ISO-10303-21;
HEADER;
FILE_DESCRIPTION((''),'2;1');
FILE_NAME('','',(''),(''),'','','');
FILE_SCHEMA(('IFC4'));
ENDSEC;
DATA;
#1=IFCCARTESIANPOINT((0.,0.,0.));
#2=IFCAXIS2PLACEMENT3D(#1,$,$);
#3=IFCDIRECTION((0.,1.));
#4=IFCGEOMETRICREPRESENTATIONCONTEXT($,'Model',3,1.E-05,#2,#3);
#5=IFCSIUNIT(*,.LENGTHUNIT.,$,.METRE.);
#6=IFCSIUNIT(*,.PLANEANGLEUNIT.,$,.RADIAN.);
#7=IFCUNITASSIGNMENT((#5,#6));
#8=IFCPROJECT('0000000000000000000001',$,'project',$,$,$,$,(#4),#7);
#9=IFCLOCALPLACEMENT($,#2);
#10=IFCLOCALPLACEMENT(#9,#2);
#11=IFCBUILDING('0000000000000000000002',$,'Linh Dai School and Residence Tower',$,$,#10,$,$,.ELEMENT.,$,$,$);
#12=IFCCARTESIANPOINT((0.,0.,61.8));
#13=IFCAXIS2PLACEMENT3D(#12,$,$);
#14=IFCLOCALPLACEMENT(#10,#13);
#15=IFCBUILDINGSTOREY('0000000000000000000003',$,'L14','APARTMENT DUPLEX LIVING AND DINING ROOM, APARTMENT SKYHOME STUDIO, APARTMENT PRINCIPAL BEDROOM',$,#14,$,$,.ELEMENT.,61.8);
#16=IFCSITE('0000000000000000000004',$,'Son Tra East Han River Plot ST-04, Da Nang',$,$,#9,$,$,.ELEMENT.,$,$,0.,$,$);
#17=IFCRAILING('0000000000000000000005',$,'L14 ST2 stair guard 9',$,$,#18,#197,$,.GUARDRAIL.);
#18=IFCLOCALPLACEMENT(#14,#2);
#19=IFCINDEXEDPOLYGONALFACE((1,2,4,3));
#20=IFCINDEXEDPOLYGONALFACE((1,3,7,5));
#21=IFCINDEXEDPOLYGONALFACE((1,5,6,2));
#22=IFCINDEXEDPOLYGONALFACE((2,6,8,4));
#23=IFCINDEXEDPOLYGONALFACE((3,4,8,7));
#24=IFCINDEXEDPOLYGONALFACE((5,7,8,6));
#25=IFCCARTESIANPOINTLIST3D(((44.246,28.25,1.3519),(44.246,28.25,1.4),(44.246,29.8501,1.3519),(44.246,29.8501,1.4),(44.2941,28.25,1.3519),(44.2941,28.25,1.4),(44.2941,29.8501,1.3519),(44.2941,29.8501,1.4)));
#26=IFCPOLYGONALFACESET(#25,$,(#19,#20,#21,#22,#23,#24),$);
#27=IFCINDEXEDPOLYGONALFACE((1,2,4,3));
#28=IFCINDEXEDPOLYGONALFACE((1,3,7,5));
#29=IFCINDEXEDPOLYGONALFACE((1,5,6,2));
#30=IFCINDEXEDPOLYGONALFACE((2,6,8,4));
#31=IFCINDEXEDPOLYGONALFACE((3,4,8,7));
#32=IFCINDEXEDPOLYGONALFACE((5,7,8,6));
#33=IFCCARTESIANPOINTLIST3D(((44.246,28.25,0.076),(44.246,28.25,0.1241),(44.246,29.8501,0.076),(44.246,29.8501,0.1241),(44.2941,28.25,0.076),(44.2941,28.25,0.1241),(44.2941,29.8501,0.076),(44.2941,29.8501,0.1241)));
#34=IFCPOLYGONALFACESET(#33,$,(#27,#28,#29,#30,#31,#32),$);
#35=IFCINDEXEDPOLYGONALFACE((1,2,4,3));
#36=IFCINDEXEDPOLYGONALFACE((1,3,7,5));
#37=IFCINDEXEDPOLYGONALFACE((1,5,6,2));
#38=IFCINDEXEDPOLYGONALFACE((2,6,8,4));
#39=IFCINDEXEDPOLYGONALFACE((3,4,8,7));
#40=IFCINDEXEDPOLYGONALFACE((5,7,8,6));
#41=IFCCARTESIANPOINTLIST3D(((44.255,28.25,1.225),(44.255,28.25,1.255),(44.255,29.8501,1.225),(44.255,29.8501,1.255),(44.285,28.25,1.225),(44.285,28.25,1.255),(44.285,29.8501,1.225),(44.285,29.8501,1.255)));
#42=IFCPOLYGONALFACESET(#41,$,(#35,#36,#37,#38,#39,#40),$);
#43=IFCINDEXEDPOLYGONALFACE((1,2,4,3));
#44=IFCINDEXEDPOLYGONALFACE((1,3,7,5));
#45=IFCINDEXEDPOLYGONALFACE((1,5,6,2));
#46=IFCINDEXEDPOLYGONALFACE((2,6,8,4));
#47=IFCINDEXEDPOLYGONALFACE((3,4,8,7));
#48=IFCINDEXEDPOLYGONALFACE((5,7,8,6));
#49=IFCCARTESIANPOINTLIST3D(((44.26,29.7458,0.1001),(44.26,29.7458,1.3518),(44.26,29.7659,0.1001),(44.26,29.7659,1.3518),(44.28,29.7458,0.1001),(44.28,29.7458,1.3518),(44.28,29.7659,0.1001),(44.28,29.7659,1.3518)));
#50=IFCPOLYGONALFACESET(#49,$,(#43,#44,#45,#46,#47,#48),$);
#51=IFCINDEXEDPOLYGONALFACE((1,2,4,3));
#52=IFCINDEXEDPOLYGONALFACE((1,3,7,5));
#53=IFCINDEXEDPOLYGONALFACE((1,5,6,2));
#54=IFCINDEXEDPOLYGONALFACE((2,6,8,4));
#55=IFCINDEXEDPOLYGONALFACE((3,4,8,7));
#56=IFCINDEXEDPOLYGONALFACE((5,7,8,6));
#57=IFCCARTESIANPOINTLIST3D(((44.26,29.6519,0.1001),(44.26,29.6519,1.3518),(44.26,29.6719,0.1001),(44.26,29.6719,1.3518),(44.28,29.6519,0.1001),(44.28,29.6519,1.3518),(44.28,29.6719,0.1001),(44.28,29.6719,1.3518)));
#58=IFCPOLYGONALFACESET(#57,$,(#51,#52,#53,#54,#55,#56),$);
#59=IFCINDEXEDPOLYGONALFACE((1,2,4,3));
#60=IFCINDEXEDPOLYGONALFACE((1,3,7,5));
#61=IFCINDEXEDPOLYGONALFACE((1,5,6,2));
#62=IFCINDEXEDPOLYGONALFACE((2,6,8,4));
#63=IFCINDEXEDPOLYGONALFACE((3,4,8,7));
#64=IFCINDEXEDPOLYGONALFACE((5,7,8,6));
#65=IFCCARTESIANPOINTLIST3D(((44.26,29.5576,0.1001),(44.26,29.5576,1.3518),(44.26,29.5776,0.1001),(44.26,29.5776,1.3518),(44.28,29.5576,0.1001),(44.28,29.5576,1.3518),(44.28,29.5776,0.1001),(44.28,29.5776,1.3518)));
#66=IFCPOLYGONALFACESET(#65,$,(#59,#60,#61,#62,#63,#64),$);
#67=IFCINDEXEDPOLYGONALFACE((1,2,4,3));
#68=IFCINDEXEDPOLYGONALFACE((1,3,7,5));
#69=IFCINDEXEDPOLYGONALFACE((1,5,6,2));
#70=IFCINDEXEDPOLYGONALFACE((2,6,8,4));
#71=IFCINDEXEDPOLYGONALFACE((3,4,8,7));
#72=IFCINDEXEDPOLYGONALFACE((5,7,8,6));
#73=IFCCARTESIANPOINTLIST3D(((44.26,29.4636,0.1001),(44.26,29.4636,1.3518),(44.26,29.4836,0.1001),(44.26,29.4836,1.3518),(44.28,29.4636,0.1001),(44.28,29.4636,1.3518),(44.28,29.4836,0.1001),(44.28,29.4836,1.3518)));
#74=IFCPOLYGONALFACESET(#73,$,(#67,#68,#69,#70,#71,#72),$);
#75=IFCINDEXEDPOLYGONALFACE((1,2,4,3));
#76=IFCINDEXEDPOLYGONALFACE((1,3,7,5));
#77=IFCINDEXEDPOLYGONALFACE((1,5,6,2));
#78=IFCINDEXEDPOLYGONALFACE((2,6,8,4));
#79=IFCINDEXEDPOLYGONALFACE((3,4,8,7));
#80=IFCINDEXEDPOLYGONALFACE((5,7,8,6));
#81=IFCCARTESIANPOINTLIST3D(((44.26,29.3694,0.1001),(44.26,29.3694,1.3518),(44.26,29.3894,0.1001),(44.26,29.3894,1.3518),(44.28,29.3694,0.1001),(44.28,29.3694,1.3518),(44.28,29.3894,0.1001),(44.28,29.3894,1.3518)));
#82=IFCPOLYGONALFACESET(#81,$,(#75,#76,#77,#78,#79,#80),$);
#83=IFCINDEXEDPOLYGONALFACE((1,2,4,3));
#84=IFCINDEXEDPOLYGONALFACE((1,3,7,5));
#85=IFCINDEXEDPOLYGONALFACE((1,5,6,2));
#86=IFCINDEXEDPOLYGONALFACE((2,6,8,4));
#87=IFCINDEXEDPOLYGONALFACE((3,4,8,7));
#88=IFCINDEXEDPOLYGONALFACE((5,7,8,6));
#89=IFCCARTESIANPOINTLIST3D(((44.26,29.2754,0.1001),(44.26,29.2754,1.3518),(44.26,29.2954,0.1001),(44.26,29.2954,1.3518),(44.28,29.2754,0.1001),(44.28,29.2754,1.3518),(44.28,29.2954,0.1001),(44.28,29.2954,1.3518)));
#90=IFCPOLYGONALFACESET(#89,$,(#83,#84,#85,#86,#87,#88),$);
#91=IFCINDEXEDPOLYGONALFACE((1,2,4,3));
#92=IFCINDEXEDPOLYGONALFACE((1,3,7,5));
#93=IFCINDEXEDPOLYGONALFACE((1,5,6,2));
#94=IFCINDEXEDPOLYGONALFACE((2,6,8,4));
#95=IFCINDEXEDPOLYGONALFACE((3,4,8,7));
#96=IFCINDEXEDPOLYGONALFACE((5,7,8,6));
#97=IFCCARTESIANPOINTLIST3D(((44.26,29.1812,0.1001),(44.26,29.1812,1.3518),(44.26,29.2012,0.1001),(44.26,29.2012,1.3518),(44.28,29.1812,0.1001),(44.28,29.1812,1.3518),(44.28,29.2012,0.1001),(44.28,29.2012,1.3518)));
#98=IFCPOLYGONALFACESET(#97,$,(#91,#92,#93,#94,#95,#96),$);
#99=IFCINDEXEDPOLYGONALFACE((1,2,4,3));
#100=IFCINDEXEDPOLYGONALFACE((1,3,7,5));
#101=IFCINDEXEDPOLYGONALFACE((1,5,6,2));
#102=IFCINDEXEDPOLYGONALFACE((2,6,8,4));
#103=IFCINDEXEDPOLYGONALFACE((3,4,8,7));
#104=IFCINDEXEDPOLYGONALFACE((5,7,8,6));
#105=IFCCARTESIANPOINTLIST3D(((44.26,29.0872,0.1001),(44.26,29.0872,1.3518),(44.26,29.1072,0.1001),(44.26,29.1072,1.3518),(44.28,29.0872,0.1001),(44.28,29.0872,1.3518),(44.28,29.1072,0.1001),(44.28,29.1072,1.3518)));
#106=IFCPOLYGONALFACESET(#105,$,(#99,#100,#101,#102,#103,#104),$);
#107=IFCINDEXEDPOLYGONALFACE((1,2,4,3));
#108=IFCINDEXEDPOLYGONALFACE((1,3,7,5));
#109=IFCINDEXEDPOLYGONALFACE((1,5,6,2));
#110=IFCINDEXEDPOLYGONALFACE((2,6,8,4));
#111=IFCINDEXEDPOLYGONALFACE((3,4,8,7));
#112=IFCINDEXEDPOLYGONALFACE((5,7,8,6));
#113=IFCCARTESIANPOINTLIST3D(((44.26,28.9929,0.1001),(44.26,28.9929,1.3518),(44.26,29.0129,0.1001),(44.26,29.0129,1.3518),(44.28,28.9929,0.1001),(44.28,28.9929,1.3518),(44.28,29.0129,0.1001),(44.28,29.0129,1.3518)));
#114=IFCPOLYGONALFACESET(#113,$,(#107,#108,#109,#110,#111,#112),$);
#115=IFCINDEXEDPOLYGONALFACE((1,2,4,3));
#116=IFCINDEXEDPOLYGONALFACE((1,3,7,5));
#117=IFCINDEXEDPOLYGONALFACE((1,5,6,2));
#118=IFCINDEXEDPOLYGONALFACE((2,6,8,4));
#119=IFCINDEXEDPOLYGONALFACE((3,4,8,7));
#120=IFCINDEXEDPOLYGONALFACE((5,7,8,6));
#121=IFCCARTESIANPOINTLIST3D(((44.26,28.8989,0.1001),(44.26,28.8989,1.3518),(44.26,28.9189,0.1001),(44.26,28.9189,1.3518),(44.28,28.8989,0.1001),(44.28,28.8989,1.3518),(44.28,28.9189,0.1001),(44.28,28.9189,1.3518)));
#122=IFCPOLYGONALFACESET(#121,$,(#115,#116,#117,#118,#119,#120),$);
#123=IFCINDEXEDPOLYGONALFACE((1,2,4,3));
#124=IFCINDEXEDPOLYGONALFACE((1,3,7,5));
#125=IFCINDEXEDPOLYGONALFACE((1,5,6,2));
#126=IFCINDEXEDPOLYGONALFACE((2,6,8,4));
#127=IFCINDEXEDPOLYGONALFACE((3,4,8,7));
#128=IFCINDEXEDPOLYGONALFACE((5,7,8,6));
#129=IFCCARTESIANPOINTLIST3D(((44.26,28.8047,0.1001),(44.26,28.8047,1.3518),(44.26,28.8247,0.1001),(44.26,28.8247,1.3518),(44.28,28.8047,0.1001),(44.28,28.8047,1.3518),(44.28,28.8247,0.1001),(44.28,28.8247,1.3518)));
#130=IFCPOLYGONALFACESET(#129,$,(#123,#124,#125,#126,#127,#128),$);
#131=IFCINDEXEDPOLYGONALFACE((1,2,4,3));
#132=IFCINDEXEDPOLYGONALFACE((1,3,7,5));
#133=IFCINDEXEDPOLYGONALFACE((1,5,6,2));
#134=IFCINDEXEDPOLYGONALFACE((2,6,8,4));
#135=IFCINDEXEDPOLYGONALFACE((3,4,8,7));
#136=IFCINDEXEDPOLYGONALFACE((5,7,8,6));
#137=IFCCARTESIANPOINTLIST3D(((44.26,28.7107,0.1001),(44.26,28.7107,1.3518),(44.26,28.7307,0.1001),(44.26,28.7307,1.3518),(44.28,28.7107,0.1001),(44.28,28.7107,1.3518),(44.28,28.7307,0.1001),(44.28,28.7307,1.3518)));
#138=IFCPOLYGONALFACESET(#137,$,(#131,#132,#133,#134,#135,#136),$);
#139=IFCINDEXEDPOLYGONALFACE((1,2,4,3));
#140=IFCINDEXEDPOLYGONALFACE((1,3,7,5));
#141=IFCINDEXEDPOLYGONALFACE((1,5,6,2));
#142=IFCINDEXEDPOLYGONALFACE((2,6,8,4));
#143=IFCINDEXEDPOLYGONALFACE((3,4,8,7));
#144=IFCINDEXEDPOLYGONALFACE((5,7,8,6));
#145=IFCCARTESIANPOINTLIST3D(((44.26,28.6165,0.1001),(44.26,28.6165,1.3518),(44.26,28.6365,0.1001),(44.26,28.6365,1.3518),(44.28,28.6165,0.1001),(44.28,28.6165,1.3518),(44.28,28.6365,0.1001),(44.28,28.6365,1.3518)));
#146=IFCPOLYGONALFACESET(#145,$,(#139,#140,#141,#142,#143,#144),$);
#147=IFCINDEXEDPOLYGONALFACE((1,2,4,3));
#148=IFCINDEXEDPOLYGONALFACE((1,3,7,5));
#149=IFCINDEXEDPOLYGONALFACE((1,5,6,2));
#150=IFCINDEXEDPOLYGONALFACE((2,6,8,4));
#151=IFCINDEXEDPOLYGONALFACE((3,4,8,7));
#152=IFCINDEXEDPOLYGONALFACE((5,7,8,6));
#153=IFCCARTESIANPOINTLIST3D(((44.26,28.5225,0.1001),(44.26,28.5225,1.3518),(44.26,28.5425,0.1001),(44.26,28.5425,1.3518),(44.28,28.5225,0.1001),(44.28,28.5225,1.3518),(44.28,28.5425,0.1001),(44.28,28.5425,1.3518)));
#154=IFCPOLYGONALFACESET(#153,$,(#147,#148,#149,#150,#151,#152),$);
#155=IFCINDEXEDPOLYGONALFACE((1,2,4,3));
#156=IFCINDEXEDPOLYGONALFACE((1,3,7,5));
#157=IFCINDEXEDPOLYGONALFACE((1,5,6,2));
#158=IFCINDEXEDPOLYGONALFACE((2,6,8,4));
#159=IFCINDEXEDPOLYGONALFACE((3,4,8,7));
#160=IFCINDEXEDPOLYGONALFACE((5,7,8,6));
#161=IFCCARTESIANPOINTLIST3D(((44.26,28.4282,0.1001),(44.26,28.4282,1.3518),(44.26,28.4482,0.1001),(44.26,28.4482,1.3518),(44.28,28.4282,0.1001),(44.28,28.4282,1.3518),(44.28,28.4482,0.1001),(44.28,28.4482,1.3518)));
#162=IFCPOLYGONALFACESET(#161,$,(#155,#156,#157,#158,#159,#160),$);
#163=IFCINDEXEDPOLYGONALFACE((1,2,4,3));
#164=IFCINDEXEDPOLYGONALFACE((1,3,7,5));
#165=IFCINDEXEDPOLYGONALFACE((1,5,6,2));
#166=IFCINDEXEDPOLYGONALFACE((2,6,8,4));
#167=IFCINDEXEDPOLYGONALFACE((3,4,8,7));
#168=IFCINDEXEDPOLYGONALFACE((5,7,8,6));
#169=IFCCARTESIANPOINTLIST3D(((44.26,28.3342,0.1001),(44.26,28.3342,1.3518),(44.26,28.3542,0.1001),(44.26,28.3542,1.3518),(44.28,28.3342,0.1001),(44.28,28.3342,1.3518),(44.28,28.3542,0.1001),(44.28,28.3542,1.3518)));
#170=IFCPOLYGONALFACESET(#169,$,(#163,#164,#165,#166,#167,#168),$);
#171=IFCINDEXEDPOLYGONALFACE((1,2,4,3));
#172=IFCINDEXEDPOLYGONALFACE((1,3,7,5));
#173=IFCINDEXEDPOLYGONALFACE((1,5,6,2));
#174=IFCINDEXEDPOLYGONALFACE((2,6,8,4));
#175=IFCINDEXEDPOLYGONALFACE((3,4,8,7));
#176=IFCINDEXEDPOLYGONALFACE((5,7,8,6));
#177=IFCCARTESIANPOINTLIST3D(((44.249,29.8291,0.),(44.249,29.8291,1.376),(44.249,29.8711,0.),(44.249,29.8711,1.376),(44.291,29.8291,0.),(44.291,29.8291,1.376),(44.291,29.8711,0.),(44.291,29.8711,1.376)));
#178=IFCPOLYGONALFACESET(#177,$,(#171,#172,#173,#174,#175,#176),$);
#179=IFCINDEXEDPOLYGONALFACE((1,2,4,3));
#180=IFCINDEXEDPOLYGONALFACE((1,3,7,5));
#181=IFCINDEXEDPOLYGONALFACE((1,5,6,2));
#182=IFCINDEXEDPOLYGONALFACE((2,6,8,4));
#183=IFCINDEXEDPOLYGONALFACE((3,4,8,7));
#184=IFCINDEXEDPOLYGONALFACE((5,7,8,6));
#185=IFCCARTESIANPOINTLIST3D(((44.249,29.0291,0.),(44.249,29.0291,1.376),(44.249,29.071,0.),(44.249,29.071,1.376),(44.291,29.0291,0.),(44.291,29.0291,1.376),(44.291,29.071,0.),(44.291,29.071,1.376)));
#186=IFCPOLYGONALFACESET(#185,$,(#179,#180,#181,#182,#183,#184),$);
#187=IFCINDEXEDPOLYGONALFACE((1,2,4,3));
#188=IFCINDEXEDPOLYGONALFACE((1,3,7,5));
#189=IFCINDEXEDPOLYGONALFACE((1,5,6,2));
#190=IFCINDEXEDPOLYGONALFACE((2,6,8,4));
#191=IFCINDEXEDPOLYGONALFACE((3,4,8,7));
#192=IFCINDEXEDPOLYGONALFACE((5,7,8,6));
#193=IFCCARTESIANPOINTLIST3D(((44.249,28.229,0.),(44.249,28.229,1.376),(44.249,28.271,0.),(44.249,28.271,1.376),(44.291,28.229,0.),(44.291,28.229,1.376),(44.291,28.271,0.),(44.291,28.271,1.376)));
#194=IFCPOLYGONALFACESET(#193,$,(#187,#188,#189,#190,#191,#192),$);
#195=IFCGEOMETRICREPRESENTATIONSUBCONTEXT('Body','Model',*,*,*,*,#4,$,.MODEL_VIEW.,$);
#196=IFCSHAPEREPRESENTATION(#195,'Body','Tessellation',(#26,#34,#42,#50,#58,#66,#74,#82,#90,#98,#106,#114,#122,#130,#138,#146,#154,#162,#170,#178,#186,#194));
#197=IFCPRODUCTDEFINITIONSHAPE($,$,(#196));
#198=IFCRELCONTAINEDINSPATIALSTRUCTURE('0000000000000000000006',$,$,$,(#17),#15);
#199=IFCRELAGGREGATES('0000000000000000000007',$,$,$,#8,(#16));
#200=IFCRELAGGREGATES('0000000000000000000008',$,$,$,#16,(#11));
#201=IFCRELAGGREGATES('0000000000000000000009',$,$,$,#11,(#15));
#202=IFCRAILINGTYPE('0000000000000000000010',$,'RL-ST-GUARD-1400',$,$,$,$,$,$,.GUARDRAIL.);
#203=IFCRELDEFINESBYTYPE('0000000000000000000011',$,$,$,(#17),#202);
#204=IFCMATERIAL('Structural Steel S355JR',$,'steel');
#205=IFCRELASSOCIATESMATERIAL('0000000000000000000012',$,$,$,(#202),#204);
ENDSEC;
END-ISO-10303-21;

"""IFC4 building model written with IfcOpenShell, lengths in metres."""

from ifc_helpers import new_model, si_unit, direction, frame, origin, origin_2d, place, context, subcontext, project, spatial, rectangle, extrude, source, transform, mapped, material, type_object, element, save


model = new_model("IFC4")

# Units and contexts
model_context = context("Model", 3, precision=1e-05, world=origin(), true_north=direction((0.0, 1.0)))
body_context = subcontext(model_context, "Body", "Model", "MODEL_VIEW")
ifc_project = project(units=[si_unit("LENGTHUNIT", "METRE"), si_unit("PLANEANGLEUNIT", "RADIAN")], contexts=[model_context])

# Site, building, storey
site_placement = place(None, origin())
site = spatial("IfcSite", under=ifc_project, at=site_placement, Name="Son Tra East Han River Plot ST-04, Da Nang", CompositionType="ELEMENT", RefElevation=0.0)
building_placement = place(site_placement, origin())
building = spatial("IfcBuilding", under=site, at=building_placement, Name="Linh Dai School and Residence Tower", CompositionType="ELEMENT")
storey_placement = place(building_placement, frame((0.0, 0.0, 61.8)))
storey = spatial("IfcBuildingStorey", under=building, at=storey_placement, Name="L14", Description="APARTMENT DUPLEX LIVING AND DINING ROOM, APARTMENT SKYHOME STUDIO, APARTMENT PRINCIPAL BEDROOM", CompositionType="ELEMENT", Elevation=61.8)

# Shared definitions
ifc_material_1 = material(Name="Structural Steel S355JR", Category="steel")

# Railing
railing_type_1 = type_object("IfcRailingType", Name="RL-ST-GUARD-1400", PredefinedType="GUARDRAIL", material=ifc_material_1)
shared_shape_1 = source(origin(), body_context, "Body", "SweptSolid", [
    extrude(rectangle(XDim=0.0481, YDim=0.0481, at=origin_2d()), frame((0.0, 0.0, 1.376), z_axis=(0.0, -1.0, 0.0), x_axis=(1.0, 0.0, 0.0)), (0.0, 0.0, 1.0), 1.6001),
    extrude(rectangle(XDim=0.0481, YDim=0.0481, at=origin_2d()), frame((0.0, 0.0, 0.1001), z_axis=(0.0, -1.0, 0.0), x_axis=(1.0, 0.0, 0.0)), (0.0, 0.0, 1.0), 1.6001),
    extrude(rectangle(XDim=0.03, YDim=0.03, at=origin_2d()), frame((0.0, 0.0, 1.24), z_axis=(0.0, -1.0, 0.0), x_axis=(1.0, 0.0, 0.0)), (0.0, 0.0, 1.0), 1.6001),
    extrude(rectangle(XDim=0.02, YDim=0.02, at=origin_2d()), frame((0.0, -0.0942, 0.1001)), (0.0, 0.0, 1.0), 1.2517),
    extrude(rectangle(XDim=0.02, YDim=0.02, at=origin_2d()), frame((0.0, -0.1882, 0.1001)), (0.0, 0.0, 1.0), 1.2517),
    extrude(rectangle(XDim=0.02, YDim=0.02, at=origin_2d()), frame((0.0, -0.2825, 0.1001)), (0.0, 0.0, 1.0), 1.2517),
    extrude(rectangle(XDim=0.02, YDim=0.02, at=origin_2d()), frame((0.0, -0.3765, 0.1001)), (0.0, 0.0, 1.0), 1.2517),
    extrude(rectangle(XDim=0.02, YDim=0.02, at=origin_2d()), frame((0.0, -0.4707, 0.1001)), (0.0, 0.0, 1.0), 1.2517),
    extrude(rectangle(XDim=0.02, YDim=0.02, at=origin_2d()), frame((0.0, -0.5647, 0.1001)), (0.0, 0.0, 1.0), 1.2517),
    extrude(rectangle(XDim=0.02, YDim=0.02, at=origin_2d()), frame((0.0, -0.6589, 0.1001)), (0.0, 0.0, 1.0), 1.2517),
    extrude(rectangle(XDim=0.02, YDim=0.02, at=origin_2d()), frame((0.0, -0.7529, 0.1001)), (0.0, 0.0, 1.0), 1.2517),
    extrude(rectangle(XDim=0.02, YDim=0.02, at=origin_2d()), frame((0.0, -0.8472, 0.1001)), (0.0, 0.0, 1.0), 1.2517),
    extrude(rectangle(XDim=0.02, YDim=0.02, at=origin_2d()), frame((0.0, -0.9412, 0.1001)), (0.0, 0.0, 1.0), 1.2517),
    extrude(rectangle(XDim=0.02, YDim=0.02, at=origin_2d()), frame((0.0, -1.0354, 0.1001)), (0.0, 0.0, 1.0), 1.2517),
    extrude(rectangle(XDim=0.02, YDim=0.02, at=origin_2d()), frame((0.0, -1.1294, 0.1001)), (0.0, 0.0, 1.0), 1.2517),
    extrude(rectangle(XDim=0.02, YDim=0.02, at=origin_2d()), frame((0.0, -1.2236, 0.1001)), (0.0, 0.0, 1.0), 1.2517),
    extrude(rectangle(XDim=0.02, YDim=0.02, at=origin_2d()), frame((0.0, -1.3176, 0.1001)), (0.0, 0.0, 1.0), 1.2517),
    extrude(rectangle(XDim=0.02, YDim=0.02, at=origin_2d()), frame((0.0, -1.4119, 0.1001)), (0.0, 0.0, 1.0), 1.2517),
    extrude(rectangle(XDim=0.02, YDim=0.02, at=origin_2d()), frame((0.0, -1.5059, 0.1001)), (0.0, 0.0, 1.0), 1.2517),
    extrude(rectangle(XDim=0.042, YDim=0.042, at=origin_2d()), origin(), (0.0, 0.0, 1.0), 1.376),
    extrude(rectangle(XDim=0.042, YDim=0.042, at=origin_2d()), frame((0.0, -0.8, 0.0)), (0.0, 0.0, 1.0), 1.376),
    extrude(rectangle(XDim=0.042, YDim=0.042, at=origin_2d()), frame((0.0, -1.6001, 0.0)), (0.0, 0.0, 1.0), 1.376),
])
for number, where, name in (
    (1, (44.27, 29.8501, 0.0), "L14 ST2 stair guard 9"),
):
    element("IfcRailing", number, at=place(storey_placement, frame(where)), inside=storey, type_object=railing_type_1, Name=name, PredefinedType="GUARDRAIL", context=body_context, shape_type="MappedRepresentation", body=[
        mapped(shared_shape_1, transform((0.0, 0.0, 0.0), x_axis=(1.0, 0.0, 0.0), y_axis=(0.0, 1.0, 0.0), z_axis=(0.0, 0.0, 1.0), scale=1.0)),
    ])

save(model, "model.ifc")
